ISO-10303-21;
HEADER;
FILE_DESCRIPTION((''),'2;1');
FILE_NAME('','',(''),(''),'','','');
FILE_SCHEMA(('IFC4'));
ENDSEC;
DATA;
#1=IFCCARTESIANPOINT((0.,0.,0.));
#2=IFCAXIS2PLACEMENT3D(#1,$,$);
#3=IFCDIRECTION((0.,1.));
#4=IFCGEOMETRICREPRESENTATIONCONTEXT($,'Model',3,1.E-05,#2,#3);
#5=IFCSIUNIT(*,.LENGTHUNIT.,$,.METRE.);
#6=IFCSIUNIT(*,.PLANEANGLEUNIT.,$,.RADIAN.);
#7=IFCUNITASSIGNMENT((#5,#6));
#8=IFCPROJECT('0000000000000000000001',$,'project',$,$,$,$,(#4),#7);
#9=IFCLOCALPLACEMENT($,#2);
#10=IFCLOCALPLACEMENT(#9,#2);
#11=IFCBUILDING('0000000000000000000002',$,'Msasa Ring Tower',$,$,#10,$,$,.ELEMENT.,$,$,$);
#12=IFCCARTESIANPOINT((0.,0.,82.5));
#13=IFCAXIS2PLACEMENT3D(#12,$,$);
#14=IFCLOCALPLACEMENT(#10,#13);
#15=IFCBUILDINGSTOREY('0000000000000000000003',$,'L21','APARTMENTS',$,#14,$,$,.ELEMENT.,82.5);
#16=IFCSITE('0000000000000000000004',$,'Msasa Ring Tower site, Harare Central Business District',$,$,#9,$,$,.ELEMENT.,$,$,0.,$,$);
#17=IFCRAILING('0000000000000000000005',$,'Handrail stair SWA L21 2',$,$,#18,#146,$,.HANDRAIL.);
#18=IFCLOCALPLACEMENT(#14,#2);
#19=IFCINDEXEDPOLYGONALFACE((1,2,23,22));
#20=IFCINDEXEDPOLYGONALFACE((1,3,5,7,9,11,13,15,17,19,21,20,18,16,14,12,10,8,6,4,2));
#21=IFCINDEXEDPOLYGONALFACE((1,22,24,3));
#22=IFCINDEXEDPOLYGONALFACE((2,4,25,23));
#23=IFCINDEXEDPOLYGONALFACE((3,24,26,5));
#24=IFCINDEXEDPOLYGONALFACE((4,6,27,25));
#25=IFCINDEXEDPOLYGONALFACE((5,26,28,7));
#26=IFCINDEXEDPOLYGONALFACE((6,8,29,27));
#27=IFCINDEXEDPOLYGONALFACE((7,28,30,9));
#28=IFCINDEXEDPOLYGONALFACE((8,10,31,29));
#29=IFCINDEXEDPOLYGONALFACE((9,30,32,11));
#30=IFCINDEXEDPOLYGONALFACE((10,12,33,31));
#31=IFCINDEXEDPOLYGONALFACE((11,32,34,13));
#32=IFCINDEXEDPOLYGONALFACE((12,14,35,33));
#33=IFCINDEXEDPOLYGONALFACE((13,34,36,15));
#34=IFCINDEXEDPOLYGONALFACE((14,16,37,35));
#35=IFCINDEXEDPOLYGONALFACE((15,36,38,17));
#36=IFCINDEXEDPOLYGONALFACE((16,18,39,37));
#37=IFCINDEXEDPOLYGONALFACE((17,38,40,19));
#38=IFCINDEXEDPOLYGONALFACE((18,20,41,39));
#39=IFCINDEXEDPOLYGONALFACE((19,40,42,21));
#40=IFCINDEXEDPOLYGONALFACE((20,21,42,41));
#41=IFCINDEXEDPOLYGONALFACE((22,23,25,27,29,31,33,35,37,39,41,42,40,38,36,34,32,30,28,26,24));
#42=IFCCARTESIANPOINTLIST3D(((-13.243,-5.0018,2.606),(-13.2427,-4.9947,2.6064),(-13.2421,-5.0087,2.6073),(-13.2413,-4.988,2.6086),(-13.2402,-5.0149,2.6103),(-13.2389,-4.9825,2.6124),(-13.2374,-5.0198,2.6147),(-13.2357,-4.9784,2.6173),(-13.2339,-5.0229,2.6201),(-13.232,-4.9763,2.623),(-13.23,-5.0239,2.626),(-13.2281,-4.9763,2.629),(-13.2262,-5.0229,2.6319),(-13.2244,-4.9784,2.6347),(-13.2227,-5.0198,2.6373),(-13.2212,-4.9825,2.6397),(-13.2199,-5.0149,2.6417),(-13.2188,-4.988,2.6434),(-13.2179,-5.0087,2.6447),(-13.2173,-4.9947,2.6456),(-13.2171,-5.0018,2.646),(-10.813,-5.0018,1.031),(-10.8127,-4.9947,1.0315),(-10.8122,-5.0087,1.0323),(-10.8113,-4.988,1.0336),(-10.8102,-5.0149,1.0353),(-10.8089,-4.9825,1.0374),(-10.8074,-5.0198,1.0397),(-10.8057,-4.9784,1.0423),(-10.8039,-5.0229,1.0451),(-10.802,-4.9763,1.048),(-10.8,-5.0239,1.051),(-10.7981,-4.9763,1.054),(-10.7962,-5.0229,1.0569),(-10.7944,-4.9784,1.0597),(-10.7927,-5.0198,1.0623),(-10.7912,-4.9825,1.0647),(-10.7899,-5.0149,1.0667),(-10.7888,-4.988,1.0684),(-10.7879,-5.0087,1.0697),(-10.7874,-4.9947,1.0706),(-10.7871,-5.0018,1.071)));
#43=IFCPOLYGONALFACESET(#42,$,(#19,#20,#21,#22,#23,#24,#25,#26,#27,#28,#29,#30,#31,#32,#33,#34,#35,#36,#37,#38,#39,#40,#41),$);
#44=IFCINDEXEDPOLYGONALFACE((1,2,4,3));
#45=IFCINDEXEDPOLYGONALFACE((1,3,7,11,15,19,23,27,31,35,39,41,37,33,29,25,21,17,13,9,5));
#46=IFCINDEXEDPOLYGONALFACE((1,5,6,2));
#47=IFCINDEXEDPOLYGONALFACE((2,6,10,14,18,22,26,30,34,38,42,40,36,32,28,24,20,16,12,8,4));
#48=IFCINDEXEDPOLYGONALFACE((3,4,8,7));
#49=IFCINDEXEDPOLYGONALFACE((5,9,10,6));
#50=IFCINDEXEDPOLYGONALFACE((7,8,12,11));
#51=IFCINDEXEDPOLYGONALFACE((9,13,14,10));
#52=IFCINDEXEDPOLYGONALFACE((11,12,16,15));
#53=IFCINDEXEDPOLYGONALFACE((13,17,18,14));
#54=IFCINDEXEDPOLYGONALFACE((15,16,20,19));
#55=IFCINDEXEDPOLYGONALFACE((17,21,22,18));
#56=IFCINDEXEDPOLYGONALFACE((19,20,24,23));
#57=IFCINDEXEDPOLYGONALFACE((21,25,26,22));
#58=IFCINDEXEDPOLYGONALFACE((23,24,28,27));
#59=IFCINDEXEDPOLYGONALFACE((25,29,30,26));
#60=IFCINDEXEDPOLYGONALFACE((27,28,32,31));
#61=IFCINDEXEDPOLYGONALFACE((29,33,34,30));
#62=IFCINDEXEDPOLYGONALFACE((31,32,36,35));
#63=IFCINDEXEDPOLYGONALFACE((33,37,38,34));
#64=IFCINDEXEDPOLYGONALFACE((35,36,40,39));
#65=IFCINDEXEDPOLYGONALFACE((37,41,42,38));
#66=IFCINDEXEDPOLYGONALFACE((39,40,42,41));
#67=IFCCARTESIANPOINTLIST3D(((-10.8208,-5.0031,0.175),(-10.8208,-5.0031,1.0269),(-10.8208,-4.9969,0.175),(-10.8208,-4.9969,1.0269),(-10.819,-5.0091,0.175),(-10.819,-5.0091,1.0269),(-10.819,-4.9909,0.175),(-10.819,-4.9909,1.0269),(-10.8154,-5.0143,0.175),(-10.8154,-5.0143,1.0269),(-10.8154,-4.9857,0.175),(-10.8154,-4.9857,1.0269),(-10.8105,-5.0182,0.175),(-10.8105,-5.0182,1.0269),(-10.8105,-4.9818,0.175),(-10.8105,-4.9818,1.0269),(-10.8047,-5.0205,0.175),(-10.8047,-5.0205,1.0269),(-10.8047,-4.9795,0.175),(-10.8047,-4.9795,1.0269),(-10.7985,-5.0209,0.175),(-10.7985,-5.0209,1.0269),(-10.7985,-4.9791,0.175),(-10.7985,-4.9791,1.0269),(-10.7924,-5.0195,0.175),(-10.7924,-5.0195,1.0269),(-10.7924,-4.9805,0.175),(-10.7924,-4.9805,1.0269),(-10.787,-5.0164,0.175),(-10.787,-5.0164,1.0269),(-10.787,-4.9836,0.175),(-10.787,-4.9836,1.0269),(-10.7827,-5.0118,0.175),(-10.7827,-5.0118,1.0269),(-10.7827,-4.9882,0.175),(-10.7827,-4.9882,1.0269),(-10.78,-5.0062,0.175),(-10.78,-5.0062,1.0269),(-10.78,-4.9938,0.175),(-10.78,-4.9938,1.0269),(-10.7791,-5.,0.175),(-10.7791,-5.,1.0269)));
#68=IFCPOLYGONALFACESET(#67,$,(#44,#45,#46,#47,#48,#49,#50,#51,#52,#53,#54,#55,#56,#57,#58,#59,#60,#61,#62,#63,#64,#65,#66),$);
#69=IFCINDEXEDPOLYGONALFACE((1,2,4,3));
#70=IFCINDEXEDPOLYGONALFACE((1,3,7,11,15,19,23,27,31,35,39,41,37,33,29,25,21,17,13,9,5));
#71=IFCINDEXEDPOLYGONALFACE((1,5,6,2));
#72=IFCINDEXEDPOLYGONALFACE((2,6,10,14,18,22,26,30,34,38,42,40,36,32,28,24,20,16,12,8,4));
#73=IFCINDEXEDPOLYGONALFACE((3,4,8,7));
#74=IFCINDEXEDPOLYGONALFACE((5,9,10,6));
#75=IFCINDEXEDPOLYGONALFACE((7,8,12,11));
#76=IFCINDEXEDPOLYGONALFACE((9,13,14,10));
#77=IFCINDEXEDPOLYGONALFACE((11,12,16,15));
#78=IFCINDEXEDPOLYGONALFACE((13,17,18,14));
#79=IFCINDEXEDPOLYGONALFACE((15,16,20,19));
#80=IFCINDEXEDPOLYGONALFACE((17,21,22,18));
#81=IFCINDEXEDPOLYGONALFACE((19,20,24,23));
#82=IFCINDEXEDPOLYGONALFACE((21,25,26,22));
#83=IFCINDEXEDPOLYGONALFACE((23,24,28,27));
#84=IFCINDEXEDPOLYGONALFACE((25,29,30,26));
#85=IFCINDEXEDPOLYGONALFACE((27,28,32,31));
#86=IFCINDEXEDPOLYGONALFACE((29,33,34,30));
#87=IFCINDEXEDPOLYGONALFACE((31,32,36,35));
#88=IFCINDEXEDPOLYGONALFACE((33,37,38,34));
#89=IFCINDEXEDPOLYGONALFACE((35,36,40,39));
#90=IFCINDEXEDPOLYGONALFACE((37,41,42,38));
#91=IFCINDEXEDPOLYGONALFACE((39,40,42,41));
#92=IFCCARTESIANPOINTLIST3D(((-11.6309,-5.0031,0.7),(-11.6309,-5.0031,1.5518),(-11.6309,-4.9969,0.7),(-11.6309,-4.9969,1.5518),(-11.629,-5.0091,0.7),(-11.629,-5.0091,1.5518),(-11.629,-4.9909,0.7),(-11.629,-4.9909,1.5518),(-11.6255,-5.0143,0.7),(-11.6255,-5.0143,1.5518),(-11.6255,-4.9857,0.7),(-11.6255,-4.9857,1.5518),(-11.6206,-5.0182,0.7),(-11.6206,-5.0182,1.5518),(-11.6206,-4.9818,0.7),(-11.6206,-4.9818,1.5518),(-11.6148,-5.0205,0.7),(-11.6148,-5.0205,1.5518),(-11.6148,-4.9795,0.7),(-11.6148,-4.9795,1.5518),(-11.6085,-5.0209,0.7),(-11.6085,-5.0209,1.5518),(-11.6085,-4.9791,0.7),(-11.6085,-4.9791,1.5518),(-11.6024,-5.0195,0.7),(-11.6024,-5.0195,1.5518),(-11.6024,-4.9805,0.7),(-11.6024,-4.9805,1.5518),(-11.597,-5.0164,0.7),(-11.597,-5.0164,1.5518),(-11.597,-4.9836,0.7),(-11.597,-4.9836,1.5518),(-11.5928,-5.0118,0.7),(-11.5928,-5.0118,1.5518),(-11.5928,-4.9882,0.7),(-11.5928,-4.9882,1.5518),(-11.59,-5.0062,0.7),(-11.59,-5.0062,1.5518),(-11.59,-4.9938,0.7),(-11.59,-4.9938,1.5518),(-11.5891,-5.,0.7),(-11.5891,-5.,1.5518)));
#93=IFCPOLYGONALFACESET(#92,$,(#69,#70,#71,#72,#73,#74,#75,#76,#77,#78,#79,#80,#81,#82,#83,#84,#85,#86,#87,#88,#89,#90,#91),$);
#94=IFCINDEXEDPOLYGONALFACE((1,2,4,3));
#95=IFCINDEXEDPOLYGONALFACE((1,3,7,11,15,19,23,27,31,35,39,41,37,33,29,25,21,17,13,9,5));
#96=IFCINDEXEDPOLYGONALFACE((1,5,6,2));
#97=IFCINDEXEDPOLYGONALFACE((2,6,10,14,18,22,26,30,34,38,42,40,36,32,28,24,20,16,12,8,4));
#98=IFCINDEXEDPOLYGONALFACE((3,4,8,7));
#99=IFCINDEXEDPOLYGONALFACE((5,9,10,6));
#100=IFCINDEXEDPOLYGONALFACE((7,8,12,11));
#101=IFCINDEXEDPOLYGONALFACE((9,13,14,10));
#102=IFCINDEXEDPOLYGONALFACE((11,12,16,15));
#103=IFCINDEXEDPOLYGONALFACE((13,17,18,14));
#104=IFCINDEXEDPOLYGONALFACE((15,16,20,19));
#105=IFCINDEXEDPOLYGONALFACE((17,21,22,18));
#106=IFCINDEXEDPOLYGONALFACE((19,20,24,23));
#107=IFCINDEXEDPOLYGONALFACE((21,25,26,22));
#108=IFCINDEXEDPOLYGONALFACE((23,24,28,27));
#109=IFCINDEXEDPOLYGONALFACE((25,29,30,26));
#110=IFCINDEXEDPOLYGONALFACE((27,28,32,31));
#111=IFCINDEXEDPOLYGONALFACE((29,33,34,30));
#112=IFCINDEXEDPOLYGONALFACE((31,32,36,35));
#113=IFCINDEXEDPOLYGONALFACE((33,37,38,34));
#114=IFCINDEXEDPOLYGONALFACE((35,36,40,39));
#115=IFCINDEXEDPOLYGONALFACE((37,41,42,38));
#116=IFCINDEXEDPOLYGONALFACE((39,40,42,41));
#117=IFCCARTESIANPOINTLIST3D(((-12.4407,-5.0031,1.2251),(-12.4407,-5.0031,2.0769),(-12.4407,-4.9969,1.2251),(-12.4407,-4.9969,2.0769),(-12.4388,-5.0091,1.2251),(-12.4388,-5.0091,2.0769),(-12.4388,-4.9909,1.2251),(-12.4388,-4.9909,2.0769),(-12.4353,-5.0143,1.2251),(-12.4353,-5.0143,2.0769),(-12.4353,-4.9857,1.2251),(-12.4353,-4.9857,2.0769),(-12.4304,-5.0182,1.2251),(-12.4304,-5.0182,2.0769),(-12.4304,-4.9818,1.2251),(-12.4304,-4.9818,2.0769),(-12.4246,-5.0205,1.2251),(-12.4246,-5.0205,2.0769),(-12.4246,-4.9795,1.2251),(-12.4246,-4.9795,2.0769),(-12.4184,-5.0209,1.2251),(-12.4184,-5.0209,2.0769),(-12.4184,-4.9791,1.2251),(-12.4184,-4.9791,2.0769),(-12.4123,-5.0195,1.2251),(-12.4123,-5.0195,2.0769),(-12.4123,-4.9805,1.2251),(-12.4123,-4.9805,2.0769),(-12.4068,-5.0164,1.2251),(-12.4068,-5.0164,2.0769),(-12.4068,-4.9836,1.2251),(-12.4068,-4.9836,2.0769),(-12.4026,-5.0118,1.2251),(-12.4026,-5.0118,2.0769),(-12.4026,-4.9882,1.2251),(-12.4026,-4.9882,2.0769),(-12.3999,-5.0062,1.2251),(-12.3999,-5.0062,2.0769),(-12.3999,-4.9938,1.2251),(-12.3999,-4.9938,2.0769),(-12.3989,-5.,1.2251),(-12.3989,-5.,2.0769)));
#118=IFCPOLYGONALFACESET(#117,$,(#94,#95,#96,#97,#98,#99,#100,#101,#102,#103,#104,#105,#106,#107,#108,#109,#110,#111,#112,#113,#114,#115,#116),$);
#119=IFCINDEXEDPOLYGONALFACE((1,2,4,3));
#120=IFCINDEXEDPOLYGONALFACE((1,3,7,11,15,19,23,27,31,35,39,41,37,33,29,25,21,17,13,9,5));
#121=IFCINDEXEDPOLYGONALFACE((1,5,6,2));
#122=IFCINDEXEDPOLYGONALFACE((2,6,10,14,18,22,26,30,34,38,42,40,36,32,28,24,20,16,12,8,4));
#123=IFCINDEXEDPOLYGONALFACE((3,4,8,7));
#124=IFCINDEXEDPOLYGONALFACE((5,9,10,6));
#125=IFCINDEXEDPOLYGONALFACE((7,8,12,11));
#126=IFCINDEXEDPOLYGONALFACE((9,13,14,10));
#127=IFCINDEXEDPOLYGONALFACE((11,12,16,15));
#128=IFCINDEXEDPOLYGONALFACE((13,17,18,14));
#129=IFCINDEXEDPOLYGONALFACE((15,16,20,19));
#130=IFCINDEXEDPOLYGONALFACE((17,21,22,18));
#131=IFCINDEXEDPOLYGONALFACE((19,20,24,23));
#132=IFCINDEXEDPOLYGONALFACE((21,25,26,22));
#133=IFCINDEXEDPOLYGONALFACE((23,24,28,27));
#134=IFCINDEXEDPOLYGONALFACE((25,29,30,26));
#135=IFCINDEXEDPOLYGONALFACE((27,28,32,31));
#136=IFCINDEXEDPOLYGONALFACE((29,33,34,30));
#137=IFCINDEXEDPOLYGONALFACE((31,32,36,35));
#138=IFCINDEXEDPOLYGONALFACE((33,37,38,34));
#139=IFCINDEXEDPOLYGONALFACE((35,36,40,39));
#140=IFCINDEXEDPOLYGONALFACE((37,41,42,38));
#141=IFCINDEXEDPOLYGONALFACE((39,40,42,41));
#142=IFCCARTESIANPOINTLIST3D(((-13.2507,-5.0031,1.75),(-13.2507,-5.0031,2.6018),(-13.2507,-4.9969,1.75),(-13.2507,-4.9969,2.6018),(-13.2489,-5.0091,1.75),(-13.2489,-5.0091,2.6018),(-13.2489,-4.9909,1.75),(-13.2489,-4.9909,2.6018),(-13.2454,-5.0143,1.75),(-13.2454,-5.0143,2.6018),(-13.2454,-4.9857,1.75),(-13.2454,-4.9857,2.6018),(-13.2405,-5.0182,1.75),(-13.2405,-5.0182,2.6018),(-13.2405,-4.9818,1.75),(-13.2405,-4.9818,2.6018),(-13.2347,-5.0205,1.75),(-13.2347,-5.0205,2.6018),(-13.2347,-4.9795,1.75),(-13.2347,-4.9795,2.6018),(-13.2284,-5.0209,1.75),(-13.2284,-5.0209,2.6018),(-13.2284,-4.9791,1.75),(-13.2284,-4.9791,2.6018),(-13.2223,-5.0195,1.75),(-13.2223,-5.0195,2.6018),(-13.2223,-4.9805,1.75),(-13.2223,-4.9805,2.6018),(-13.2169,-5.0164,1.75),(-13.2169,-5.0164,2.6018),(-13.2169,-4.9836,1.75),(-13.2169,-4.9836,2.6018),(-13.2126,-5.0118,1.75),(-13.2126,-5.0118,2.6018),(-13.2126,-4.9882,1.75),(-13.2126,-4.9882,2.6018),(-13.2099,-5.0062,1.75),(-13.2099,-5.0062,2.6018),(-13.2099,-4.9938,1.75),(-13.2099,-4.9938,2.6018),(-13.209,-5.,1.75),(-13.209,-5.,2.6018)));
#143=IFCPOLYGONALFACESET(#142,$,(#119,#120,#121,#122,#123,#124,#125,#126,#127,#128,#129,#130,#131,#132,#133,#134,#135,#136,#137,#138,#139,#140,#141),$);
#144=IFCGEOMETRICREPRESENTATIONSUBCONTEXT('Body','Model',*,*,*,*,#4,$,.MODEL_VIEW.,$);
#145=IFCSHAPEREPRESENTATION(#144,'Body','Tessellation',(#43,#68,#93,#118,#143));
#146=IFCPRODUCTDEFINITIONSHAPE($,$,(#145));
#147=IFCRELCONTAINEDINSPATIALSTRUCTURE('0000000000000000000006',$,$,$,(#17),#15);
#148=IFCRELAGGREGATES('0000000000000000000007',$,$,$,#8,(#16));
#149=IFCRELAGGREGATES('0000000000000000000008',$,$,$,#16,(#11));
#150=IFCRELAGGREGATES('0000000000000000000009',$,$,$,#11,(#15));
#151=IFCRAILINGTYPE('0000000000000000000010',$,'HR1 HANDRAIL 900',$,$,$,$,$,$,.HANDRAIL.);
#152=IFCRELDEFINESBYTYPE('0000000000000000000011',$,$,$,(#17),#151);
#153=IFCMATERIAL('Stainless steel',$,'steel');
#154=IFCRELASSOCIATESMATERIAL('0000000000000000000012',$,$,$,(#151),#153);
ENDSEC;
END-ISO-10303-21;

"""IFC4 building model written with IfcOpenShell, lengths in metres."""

from ifc_helpers import new_model, si_unit, direction, frame, origin, origin_2d, place, context, subcontext, project, spatial, circle, extrude, material, type_object, element, save


model = new_model("IFC4")

# Units and contexts
model_context = context("Model", 3, precision=1e-05, world=origin(), true_north=direction((0.0, 1.0)))
body_context = subcontext(model_context, "Body", "Model", "MODEL_VIEW")
ifc_project = project(units=[si_unit("LENGTHUNIT", "METRE"), si_unit("PLANEANGLEUNIT", "RADIAN")], contexts=[model_context])

# Site, building, storey
site_placement = place(None, origin())
site = spatial("IfcSite", under=ifc_project, at=site_placement, Name="Msasa Ring Tower site, Harare Central Business District", CompositionType="ELEMENT", RefElevation=0.0)
building_placement = place(site_placement, origin())
building = spatial("IfcBuilding", under=site, at=building_placement, Name="Msasa Ring Tower", CompositionType="ELEMENT")
storey_placement = place(building_placement, frame((0.0, 0.0, 82.5)))
storey = spatial("IfcBuildingStorey", under=building, at=storey_placement, Name="L21", Description="APARTMENTS", CompositionType="ELEMENT", Elevation=82.5)

# Railing
ifc_material_1 = material(Name="Stainless steel", Category="steel")
railing_type = type_object("IfcRailingType", Name="HR1 HANDRAIL 900", PredefinedType="HANDRAIL", material=ifc_material_1)
for number, where, name in (
    (1, (-10.8, -5.0, 0.175), "Handrail stair SWA L21 2"),
):
    element("IfcRailing", number, at=place(storey_placement, frame(where)), inside=storey, type_object=railing_type, Name=name, PredefinedType="HANDRAIL", context=body_context, shape_type="SweptSolid", body=[
        extrude(circle(Radius=0.0239, at=origin_2d()), frame((0.0, 0.0, 0.876), z_axis=(-0.839154, 0.0, 0.543894), x_axis=(0.0, -1.0, 0.0)), (0.0, 0.0, 1.0), 2.8958),
        extrude(circle(Radius=0.021, at=origin_2d()), origin(), (0.0, 0.0, 1.0), 0.8518),
        extrude(circle(Radius=0.021, at=origin_2d()), frame((-0.8101, 0.0, 0.5249)), (0.0, 0.0, 1.0), 0.8518),
        extrude(circle(Radius=0.021, at=origin_2d()), frame((-1.6199, 0.0, 1.05)), (0.0, 0.0, 1.0), 0.8518),
        extrude(circle(Radius=0.021, at=origin_2d()), frame((-2.4299, 0.0, 1.575)), (0.0, 0.0, 1.0), 0.8518),
    ])

save(model, "model.ifc")
